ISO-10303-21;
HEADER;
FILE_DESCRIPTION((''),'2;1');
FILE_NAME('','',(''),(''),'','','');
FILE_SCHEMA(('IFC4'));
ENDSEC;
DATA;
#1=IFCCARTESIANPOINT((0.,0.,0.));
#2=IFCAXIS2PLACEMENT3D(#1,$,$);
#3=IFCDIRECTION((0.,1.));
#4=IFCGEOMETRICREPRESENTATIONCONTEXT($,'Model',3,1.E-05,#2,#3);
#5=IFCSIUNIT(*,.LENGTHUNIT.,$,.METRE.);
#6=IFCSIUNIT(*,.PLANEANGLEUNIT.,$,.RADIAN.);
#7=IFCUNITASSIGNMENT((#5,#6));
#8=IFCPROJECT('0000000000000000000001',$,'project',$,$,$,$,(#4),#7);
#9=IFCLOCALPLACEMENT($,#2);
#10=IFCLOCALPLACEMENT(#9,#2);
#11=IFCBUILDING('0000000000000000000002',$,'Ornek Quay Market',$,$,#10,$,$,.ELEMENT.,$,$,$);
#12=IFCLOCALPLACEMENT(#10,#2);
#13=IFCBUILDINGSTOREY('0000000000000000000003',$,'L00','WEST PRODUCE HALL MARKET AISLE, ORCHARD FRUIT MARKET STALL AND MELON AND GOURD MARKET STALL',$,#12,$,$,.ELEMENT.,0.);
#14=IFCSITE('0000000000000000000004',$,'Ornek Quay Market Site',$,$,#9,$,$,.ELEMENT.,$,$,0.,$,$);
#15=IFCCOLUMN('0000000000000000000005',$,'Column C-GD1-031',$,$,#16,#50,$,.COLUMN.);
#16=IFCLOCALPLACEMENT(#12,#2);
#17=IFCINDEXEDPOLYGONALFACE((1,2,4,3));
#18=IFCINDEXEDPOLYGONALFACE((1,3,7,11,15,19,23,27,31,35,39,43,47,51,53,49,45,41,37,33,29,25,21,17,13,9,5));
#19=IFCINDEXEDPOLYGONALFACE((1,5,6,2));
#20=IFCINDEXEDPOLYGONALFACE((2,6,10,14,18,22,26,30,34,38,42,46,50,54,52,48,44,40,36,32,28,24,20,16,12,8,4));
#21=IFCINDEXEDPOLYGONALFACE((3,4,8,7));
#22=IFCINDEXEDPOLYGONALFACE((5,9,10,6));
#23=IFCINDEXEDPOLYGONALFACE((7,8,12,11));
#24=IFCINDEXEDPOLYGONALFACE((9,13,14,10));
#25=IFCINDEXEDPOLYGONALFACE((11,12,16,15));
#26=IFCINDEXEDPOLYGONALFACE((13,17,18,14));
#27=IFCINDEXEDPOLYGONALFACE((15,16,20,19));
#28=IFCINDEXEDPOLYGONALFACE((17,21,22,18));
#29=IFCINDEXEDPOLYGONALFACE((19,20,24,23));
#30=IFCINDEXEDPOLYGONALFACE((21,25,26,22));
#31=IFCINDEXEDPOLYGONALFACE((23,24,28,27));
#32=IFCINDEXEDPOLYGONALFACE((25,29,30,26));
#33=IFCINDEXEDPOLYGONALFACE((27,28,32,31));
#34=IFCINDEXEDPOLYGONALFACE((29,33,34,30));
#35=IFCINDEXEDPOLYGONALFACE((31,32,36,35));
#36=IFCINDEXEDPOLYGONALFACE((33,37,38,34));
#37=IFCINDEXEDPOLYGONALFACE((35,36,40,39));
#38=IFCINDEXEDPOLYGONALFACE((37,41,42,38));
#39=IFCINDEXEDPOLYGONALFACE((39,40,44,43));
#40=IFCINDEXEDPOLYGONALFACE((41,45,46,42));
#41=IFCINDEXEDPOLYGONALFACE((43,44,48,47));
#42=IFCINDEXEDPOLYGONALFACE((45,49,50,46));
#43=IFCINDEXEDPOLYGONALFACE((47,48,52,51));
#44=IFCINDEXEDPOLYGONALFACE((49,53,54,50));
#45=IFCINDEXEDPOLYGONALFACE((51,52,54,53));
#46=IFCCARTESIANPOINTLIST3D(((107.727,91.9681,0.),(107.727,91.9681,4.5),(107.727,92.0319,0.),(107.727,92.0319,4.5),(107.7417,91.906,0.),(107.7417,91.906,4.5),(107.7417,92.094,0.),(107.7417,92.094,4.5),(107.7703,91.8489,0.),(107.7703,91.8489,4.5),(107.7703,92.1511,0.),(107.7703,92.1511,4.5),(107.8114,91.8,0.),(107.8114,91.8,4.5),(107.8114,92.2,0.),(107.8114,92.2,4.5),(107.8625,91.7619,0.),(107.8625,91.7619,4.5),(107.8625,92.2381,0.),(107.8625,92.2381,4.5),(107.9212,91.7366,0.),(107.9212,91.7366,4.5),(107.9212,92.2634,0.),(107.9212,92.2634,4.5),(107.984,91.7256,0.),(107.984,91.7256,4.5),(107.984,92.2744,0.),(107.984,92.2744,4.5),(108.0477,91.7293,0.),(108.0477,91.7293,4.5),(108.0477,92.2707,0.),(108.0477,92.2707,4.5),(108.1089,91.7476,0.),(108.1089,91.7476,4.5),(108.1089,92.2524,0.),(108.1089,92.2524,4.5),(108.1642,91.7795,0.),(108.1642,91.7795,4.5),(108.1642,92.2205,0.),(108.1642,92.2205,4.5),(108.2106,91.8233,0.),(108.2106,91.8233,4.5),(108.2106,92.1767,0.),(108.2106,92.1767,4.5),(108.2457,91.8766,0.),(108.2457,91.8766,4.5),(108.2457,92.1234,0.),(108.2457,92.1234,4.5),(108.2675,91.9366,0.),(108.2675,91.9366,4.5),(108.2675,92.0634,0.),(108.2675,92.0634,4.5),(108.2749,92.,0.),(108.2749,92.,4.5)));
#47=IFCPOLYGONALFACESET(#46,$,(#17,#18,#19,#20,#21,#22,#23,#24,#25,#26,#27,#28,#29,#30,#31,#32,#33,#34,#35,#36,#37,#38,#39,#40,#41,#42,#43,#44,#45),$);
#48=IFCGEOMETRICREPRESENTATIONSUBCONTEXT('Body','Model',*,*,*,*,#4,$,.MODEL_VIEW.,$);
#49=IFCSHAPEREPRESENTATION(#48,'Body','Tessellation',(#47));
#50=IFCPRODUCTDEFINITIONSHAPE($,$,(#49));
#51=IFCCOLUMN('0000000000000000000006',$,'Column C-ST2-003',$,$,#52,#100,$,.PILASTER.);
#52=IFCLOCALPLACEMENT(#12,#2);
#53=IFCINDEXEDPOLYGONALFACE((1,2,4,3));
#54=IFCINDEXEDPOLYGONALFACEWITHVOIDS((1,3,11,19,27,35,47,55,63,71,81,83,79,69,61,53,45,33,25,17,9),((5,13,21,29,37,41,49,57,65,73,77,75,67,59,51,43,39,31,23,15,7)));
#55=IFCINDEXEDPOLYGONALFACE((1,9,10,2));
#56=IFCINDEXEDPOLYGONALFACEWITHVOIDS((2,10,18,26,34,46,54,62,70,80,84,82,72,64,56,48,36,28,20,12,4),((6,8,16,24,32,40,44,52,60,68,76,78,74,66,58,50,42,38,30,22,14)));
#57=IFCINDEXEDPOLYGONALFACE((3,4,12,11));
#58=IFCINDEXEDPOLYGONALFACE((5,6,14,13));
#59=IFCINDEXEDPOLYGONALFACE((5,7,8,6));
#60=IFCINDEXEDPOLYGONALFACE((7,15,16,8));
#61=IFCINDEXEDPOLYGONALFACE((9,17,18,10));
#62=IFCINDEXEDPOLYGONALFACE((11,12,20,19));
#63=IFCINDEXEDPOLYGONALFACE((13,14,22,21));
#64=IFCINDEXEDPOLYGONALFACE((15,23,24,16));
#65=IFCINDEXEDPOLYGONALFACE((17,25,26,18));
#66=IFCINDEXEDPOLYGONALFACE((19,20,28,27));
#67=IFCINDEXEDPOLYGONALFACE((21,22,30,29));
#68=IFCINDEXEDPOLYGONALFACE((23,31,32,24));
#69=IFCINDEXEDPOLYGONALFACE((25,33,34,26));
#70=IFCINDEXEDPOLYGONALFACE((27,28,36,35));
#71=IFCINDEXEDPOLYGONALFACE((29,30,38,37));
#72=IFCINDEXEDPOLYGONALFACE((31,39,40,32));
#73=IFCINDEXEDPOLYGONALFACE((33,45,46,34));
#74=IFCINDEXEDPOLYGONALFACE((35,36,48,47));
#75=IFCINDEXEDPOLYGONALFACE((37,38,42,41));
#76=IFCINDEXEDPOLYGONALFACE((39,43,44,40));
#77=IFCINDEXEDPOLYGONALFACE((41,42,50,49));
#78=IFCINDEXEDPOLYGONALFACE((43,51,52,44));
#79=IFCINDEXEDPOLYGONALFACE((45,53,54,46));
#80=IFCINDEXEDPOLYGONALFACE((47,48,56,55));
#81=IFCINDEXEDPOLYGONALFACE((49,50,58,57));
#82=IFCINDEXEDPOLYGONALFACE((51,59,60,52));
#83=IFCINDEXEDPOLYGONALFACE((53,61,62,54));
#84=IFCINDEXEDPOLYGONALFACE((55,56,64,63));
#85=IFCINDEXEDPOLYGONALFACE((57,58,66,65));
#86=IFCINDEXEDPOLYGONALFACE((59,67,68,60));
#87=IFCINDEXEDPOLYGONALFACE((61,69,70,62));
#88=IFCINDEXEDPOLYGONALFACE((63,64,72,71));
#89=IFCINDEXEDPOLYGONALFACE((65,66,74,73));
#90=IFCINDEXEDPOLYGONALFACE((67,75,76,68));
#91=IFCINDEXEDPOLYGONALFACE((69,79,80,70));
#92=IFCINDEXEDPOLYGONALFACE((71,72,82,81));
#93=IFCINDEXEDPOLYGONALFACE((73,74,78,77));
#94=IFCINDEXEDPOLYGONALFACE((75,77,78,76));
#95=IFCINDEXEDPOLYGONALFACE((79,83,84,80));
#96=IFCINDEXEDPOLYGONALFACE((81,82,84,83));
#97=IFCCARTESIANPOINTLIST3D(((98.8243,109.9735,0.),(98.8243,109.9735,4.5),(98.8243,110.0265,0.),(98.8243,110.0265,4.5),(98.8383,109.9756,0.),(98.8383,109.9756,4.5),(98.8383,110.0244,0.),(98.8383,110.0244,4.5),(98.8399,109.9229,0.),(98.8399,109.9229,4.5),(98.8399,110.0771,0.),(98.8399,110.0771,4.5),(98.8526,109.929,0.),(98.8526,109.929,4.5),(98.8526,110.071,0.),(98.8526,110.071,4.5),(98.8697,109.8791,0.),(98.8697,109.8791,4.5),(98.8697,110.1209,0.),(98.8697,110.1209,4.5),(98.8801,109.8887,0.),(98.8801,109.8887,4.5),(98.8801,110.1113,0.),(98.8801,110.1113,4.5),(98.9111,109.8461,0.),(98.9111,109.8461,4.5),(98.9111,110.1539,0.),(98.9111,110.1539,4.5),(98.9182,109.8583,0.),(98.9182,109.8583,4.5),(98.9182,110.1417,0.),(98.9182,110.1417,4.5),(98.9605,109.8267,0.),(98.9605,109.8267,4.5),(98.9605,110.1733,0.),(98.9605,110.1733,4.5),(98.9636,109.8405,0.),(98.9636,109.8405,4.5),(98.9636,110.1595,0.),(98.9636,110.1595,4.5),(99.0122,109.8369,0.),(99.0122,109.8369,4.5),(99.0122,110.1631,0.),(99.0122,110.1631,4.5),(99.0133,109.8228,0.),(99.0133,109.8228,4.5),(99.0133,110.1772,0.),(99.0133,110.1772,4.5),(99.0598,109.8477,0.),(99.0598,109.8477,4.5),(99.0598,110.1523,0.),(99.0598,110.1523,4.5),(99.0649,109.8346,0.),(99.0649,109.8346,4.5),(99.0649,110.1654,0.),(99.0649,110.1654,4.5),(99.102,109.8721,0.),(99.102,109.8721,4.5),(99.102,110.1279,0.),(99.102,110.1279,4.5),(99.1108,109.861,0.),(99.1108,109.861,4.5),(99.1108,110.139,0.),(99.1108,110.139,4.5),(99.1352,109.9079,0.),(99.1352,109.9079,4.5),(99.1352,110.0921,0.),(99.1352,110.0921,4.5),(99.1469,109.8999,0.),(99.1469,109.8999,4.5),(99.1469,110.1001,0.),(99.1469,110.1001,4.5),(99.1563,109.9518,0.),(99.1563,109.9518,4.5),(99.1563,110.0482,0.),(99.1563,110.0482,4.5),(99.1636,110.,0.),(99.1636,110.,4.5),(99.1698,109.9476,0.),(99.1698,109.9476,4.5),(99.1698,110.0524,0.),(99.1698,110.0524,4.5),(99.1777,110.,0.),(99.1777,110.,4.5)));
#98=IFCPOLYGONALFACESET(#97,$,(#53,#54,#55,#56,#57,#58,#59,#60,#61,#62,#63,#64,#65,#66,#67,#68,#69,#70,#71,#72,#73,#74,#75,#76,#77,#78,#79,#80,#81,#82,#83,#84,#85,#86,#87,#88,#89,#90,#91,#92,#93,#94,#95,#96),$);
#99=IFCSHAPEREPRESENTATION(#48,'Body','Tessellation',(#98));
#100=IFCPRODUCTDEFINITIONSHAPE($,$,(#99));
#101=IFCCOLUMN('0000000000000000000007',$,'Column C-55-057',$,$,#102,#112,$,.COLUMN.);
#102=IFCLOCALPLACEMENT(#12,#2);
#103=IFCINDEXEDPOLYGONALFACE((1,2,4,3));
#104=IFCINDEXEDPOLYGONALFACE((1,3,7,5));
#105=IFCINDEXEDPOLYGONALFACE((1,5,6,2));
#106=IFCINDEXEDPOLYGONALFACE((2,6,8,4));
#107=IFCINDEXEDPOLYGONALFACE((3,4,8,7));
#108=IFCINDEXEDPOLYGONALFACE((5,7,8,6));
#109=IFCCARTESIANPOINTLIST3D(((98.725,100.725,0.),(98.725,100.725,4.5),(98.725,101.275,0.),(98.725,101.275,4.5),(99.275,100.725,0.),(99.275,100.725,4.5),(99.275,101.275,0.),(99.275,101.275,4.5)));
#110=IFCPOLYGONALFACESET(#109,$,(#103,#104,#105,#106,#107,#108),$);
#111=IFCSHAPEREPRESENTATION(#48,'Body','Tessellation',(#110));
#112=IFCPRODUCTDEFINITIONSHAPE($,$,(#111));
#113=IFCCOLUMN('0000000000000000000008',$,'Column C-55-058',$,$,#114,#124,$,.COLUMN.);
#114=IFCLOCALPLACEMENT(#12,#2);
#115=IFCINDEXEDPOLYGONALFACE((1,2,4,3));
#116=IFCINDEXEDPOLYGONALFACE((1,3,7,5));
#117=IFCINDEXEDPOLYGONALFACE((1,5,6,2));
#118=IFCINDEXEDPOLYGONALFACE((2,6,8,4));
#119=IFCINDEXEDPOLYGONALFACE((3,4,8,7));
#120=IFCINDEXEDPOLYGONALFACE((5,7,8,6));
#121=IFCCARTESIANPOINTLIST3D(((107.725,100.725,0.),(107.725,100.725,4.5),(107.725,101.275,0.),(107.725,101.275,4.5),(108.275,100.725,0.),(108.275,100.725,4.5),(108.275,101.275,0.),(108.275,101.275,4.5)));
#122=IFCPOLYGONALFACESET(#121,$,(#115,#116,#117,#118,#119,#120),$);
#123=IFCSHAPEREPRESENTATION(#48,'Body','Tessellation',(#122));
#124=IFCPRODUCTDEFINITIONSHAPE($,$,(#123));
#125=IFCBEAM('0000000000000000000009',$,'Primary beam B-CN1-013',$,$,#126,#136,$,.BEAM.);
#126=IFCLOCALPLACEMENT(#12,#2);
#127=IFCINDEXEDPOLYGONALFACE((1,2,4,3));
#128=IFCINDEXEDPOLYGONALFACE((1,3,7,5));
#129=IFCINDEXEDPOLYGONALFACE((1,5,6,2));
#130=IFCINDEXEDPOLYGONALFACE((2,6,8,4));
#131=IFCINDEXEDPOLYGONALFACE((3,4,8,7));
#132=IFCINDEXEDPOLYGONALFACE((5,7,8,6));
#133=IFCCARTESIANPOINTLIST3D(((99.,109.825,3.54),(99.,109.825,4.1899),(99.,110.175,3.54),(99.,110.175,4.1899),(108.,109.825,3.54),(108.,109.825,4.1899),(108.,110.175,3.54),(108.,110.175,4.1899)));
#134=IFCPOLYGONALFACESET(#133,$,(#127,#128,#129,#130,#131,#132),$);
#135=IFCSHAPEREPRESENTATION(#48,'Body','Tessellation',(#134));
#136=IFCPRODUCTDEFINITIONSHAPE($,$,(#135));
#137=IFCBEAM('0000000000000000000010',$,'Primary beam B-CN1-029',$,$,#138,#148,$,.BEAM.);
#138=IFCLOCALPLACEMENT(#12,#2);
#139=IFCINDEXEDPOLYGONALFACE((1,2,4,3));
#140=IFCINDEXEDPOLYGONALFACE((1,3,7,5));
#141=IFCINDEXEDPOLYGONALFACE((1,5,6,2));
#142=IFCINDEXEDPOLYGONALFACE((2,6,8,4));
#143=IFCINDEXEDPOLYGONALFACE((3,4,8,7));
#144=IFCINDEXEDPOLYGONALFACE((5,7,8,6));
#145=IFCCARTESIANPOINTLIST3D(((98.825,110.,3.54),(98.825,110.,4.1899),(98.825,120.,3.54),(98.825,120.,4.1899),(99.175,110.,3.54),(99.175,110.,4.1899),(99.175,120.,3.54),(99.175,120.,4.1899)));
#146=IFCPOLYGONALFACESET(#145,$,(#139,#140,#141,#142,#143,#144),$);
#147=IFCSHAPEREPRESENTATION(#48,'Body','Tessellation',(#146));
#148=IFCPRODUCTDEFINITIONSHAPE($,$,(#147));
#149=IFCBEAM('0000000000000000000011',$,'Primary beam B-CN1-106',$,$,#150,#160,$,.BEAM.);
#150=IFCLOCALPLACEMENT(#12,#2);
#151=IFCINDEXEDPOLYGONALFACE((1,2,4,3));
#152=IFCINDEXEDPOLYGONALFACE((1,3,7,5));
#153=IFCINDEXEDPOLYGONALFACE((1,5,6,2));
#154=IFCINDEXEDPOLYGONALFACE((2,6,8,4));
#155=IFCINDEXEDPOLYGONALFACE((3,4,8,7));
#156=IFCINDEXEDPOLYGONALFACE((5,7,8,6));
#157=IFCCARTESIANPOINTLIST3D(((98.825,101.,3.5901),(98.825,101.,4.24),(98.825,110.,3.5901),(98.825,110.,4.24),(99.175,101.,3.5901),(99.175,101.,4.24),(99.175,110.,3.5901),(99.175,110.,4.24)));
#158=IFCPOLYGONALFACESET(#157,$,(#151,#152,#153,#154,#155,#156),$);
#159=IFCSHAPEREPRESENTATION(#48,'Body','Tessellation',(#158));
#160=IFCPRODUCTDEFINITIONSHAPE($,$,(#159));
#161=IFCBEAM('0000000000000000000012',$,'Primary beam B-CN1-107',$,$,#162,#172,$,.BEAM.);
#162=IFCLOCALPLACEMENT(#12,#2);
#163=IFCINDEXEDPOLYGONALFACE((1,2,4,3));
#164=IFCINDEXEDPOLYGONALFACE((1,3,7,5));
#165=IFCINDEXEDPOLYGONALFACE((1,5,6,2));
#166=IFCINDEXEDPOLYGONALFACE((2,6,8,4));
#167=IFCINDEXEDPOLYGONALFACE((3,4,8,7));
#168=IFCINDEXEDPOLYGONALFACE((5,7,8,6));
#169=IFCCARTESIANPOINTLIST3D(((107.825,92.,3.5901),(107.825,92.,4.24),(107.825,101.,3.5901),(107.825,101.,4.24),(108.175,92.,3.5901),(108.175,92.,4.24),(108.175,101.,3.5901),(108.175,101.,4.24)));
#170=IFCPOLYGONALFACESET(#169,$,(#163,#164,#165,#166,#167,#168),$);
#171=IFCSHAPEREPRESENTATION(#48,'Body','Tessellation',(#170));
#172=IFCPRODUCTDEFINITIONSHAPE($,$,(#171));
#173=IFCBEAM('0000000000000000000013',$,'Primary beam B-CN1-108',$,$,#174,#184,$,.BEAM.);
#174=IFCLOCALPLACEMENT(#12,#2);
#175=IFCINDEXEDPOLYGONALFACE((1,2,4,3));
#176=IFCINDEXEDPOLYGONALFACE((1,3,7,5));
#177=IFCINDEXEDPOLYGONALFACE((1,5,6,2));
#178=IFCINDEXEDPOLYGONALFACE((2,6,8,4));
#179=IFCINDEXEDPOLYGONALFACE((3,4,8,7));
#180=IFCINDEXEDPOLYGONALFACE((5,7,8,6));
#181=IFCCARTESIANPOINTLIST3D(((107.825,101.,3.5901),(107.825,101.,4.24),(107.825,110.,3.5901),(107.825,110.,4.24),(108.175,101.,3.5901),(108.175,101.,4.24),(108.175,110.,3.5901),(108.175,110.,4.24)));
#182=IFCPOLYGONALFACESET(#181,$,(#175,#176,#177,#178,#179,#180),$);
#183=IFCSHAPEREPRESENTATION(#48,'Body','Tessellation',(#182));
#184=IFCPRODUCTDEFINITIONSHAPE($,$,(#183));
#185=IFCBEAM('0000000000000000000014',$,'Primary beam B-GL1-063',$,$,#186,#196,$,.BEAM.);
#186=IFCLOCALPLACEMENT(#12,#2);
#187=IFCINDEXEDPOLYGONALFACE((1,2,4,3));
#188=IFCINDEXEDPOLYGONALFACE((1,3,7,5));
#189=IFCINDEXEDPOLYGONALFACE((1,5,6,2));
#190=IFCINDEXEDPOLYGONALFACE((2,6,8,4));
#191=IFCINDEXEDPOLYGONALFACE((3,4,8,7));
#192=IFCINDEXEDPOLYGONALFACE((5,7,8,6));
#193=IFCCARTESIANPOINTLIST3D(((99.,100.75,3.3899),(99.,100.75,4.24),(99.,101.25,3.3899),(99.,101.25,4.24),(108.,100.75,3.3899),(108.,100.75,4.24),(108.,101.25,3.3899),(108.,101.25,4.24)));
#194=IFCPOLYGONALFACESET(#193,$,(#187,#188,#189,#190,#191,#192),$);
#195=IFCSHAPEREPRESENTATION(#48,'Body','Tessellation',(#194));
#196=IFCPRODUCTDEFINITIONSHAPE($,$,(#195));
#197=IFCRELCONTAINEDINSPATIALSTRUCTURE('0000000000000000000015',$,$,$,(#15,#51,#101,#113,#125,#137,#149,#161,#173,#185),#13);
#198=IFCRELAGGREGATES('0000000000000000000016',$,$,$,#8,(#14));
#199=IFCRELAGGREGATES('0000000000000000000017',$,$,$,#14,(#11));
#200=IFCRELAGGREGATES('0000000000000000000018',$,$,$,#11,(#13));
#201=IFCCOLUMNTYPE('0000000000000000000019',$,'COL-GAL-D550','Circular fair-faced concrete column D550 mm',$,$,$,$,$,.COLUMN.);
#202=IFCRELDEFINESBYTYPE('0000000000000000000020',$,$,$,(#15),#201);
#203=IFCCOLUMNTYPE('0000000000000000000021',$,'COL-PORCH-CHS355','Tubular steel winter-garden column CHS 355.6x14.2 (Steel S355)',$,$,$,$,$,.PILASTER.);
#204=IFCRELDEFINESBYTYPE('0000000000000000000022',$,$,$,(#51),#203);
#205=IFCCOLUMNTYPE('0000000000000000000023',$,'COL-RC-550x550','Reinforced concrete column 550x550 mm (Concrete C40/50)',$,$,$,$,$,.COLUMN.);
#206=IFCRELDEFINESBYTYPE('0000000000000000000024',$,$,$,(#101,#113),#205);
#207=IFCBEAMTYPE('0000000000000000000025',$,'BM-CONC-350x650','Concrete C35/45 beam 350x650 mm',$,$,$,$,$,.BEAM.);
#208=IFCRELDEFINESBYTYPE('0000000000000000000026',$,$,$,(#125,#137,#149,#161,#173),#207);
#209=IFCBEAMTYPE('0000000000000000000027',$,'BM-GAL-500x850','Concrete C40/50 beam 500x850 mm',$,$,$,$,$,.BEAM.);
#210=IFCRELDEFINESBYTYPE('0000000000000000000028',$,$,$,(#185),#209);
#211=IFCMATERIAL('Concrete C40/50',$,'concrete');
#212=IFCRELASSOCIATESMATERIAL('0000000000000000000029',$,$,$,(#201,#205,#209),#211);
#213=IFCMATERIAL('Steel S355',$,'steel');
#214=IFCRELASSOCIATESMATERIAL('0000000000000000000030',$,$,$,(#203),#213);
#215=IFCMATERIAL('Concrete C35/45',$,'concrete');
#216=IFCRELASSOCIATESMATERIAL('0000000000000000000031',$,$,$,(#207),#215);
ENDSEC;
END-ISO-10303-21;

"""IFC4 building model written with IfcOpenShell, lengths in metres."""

from ifc_helpers import new_model, si_unit, direction, frame, origin, origin_2d, place, context, subcontext, project, spatial, rectangle, circle, hollow_circle, extrude, material, material_profile, profile_set, type_object, element, save


model = new_model("IFC4")

# Units and contexts
model_context = context("Model", 3, precision=1e-05, world=origin(), true_north=direction((0.0, 1.0)))
body_context = subcontext(model_context, "Body", "Model", "MODEL_VIEW")
ifc_project = project(units=[si_unit("LENGTHUNIT", "METRE"), si_unit("PLANEANGLEUNIT", "RADIAN")], contexts=[model_context])

# Site, building, storey
site_placement = place(None, origin())
site = spatial("IfcSite", under=ifc_project, at=site_placement, Name="Ornek Quay Market Site", CompositionType="ELEMENT", RefElevation=0.0)
building_placement = place(site_placement, origin())
building = spatial("IfcBuilding", under=site, at=building_placement, Name="Ornek Quay Market", CompositionType="ELEMENT")
storey_placement = place(building_placement, origin())
storey = spatial("IfcBuildingStorey", under=building, at=storey_placement, Name="L00", Description="WEST PRODUCE HALL MARKET AISLE, ORCHARD FRUIT MARKET STALL AND MELON AND GOURD MARKET STALL", CompositionType="ELEMENT", Elevation=0.0)

# Columns
ifc_material_1 = material(Name="Concrete C40/50", Category="concrete")
ifc_material_profile_1 = material_profile(ifc_material_1, circle(Radius=0.2749, at=origin_2d()), Name="RC D550", Category="concrete")
ifc_profile_set_1 = profile_set([ifc_material_profile_1], Name="Concrete C40/50")
column_type_1 = type_object("IfcColumnType", Name="COL-GAL-D550", Description="Circular fair-faced concrete column D550 mm", PredefinedType="COLUMN", material=ifc_profile_set_1)
column_1_placement = place(storey_placement, frame((108.0, 92.0, 0.0), z_axis=(0.0, 0.0, 1.0), x_axis=(1.0, 0.0, 0.0)))
element("IfcColumn", 1, at=column_1_placement, inside=storey, type_object=column_type_1, Name="Column C-GD1-031", PredefinedType="COLUMN", context=body_context, shape_type="SweptSolid", body=[
    extrude(circle(Radius=0.2749, at=origin_2d()), origin(), (0.0, 0.0, 1.0), 4.5),
])
ifc_material_2 = material(Name="Steel S355", Category="steel")
ifc_material_profile_2 = material_profile(ifc_material_2, hollow_circle(Radius=0.1777, WallThickness=0.0142, at=origin_2d()), Name="CHS 355.6x14.2", Category="steel")
ifc_profile_set_2 = profile_set([ifc_material_profile_2], Name="Steel S355")
column_type_2 = type_object("IfcColumnType", Name="COL-PORCH-CHS355", Description="Tubular steel winter-garden column CHS 355.6x14.2 (Steel S355)", PredefinedType="PILASTER", material=ifc_profile_set_2)
column_2_placement = place(storey_placement, frame((99.0, 110.0, 0.0), z_axis=(0.0, 0.0, 1.0), x_axis=(1.0, 0.0, 0.0)))
element("IfcColumn", 2, at=column_2_placement, inside=storey, type_object=column_type_2, Name="Column C-ST2-003", PredefinedType="PILASTER", context=body_context, shape_type="SweptSolid", body=[
    extrude(hollow_circle(Radius=0.1777, WallThickness=0.0142, at=origin_2d()), origin(), (0.0, 0.0, 1.0), 4.5),
])
ifc_material_profile_3 = material_profile(ifc_material_1, rectangle(XDim=0.55, YDim=0.55, at=origin_2d()), Name="RC 550x550", Category="concrete")
ifc_profile_set_3 = profile_set([ifc_material_profile_3], Name="Concrete C40/50")
column_type_3 = type_object("IfcColumnType", Name="COL-RC-550x550", Description="Reinforced concrete column 550x550 mm (Concrete C40/50)", PredefinedType="COLUMN", material=ifc_profile_set_3)
for number, where, z_axis, x_axis, name in (
    (3, (99.0, 101.0, 0.0), (0.0, 0.0, 1.0), (1.0, 0.0, 0.0), "Column C-55-057"),
    (4, (108.0, 101.0, 0.0), (0.0, 0.0, 1.0), (1.0, 0.0, 0.0), "Column C-55-058"),
):
    element("IfcColumn", number, at=place(storey_placement, frame(where, z_axis=z_axis, x_axis=x_axis)), inside=storey, type_object=column_type_3, Name=name, PredefinedType="COLUMN", context=body_context, shape_type="SweptSolid", body=[
        extrude(rectangle(XDim=0.55, YDim=0.55, at=origin_2d()), origin(), (0.0, 0.0, 1.0), 4.5),
    ])

# Beams
ifc_material_3 = material(Name="Concrete C35/45", Category="concrete")
ifc_material_profile_4 = material_profile(ifc_material_3, rectangle(XDim=0.3501, YDim=0.6499, at=origin_2d()), Name="RC 350x650", Category="concrete")
ifc_profile_set_4 = profile_set([ifc_material_profile_4], Name="Concrete C35/45")
beam_type_1 = type_object("IfcBeamType", Name="BM-CONC-350x650", Description="Concrete C35/45 beam 350x650 mm", PredefinedType="BEAM", material=ifc_profile_set_4)
beam_1_placement = place(storey_placement, frame((99.0, 110.0, 3.865), z_axis=(1.0, 0.0, 0.0), x_axis=(0.0, 1.0, 0.0)))
element("IfcBeam", 5, at=beam_1_placement, inside=storey, type_object=beam_type_1, Name="Primary beam B-CN1-013", PredefinedType="BEAM", context=body_context, shape_type="SweptSolid", body=[
    extrude(rectangle(XDim=0.3501, YDim=0.6499, at=origin_2d()), origin(), (0.0, 0.0, 1.0), 9.0),
])
beam_2_placement = place(storey_placement, frame((99.0, 110.0, 3.865), z_axis=(0.0, 1.0, 0.0), x_axis=(-1.0, 0.0, 0.0)))
element("IfcBeam", 6, at=beam_2_placement, inside=storey, type_object=beam_type_1, Name="Primary beam B-CN1-029", PredefinedType="BEAM", context=body_context, shape_type="SweptSolid", body=[
    extrude(rectangle(XDim=0.3501, YDim=0.6499, at=origin_2d()), origin(), (0.0, 0.0, 1.0), 10.0),
])
for number, where, z_axis, x_axis, name in (
    (7, (99.0, 101.0, 3.915), (0.0, 1.0, 0.0), (-1.0, 0.0, 0.0), "Primary beam B-CN1-106"),
    (8, (108.0, 92.0, 3.915), (0.0, 1.0, 0.0), (-1.0, 0.0, 0.0), "Primary beam B-CN1-107"),
    (9, (108.0, 101.0, 3.915), (0.0, 1.0, 0.0), (-1.0, 0.0, 0.0), "Primary beam B-CN1-108"),
):
    element("IfcBeam", number, at=place(storey_placement, frame(where, z_axis=z_axis, x_axis=x_axis)), inside=storey, type_object=beam_type_1, Name=name, PredefinedType="BEAM", context=body_context, shape_type="SweptSolid", body=[
        extrude(rectangle(XDim=0.3501, YDim=0.6499, at=origin_2d()), origin(), (0.0, 0.0, 1.0), 9.0),
    ])
ifc_material_profile_5 = material_profile(ifc_material_1, rectangle(XDim=0.5, YDim=0.8501, at=origin_2d()), Name="RC 500x850", Category="concrete")
ifc_profile_set_5 = profile_set([ifc_material_profile_5], Name="Concrete C40/50")
beam_type_2 = type_object("IfcBeamType", Name="BM-GAL-500x850", Description="Concrete C40/50 beam 500x850 mm", PredefinedType="BEAM", material=ifc_profile_set_5)
beam_3_placement = place(storey_placement, frame((99.0, 101.0, 3.8149), z_axis=(1.0, 0.0, 0.0), x_axis=(0.0, 1.0, 0.0)))
element("IfcBeam", 10, at=beam_3_placement, inside=storey, type_object=beam_type_2, Name="Primary beam B-GL1-063", PredefinedType="BEAM", context=body_context, shape_type="SweptSolid", body=[
    extrude(rectangle(XDim=0.5, YDim=0.8501, at=origin_2d()), origin(), (0.0, 0.0, 1.0), 9.0),
])

save(model, "model.ifc")
